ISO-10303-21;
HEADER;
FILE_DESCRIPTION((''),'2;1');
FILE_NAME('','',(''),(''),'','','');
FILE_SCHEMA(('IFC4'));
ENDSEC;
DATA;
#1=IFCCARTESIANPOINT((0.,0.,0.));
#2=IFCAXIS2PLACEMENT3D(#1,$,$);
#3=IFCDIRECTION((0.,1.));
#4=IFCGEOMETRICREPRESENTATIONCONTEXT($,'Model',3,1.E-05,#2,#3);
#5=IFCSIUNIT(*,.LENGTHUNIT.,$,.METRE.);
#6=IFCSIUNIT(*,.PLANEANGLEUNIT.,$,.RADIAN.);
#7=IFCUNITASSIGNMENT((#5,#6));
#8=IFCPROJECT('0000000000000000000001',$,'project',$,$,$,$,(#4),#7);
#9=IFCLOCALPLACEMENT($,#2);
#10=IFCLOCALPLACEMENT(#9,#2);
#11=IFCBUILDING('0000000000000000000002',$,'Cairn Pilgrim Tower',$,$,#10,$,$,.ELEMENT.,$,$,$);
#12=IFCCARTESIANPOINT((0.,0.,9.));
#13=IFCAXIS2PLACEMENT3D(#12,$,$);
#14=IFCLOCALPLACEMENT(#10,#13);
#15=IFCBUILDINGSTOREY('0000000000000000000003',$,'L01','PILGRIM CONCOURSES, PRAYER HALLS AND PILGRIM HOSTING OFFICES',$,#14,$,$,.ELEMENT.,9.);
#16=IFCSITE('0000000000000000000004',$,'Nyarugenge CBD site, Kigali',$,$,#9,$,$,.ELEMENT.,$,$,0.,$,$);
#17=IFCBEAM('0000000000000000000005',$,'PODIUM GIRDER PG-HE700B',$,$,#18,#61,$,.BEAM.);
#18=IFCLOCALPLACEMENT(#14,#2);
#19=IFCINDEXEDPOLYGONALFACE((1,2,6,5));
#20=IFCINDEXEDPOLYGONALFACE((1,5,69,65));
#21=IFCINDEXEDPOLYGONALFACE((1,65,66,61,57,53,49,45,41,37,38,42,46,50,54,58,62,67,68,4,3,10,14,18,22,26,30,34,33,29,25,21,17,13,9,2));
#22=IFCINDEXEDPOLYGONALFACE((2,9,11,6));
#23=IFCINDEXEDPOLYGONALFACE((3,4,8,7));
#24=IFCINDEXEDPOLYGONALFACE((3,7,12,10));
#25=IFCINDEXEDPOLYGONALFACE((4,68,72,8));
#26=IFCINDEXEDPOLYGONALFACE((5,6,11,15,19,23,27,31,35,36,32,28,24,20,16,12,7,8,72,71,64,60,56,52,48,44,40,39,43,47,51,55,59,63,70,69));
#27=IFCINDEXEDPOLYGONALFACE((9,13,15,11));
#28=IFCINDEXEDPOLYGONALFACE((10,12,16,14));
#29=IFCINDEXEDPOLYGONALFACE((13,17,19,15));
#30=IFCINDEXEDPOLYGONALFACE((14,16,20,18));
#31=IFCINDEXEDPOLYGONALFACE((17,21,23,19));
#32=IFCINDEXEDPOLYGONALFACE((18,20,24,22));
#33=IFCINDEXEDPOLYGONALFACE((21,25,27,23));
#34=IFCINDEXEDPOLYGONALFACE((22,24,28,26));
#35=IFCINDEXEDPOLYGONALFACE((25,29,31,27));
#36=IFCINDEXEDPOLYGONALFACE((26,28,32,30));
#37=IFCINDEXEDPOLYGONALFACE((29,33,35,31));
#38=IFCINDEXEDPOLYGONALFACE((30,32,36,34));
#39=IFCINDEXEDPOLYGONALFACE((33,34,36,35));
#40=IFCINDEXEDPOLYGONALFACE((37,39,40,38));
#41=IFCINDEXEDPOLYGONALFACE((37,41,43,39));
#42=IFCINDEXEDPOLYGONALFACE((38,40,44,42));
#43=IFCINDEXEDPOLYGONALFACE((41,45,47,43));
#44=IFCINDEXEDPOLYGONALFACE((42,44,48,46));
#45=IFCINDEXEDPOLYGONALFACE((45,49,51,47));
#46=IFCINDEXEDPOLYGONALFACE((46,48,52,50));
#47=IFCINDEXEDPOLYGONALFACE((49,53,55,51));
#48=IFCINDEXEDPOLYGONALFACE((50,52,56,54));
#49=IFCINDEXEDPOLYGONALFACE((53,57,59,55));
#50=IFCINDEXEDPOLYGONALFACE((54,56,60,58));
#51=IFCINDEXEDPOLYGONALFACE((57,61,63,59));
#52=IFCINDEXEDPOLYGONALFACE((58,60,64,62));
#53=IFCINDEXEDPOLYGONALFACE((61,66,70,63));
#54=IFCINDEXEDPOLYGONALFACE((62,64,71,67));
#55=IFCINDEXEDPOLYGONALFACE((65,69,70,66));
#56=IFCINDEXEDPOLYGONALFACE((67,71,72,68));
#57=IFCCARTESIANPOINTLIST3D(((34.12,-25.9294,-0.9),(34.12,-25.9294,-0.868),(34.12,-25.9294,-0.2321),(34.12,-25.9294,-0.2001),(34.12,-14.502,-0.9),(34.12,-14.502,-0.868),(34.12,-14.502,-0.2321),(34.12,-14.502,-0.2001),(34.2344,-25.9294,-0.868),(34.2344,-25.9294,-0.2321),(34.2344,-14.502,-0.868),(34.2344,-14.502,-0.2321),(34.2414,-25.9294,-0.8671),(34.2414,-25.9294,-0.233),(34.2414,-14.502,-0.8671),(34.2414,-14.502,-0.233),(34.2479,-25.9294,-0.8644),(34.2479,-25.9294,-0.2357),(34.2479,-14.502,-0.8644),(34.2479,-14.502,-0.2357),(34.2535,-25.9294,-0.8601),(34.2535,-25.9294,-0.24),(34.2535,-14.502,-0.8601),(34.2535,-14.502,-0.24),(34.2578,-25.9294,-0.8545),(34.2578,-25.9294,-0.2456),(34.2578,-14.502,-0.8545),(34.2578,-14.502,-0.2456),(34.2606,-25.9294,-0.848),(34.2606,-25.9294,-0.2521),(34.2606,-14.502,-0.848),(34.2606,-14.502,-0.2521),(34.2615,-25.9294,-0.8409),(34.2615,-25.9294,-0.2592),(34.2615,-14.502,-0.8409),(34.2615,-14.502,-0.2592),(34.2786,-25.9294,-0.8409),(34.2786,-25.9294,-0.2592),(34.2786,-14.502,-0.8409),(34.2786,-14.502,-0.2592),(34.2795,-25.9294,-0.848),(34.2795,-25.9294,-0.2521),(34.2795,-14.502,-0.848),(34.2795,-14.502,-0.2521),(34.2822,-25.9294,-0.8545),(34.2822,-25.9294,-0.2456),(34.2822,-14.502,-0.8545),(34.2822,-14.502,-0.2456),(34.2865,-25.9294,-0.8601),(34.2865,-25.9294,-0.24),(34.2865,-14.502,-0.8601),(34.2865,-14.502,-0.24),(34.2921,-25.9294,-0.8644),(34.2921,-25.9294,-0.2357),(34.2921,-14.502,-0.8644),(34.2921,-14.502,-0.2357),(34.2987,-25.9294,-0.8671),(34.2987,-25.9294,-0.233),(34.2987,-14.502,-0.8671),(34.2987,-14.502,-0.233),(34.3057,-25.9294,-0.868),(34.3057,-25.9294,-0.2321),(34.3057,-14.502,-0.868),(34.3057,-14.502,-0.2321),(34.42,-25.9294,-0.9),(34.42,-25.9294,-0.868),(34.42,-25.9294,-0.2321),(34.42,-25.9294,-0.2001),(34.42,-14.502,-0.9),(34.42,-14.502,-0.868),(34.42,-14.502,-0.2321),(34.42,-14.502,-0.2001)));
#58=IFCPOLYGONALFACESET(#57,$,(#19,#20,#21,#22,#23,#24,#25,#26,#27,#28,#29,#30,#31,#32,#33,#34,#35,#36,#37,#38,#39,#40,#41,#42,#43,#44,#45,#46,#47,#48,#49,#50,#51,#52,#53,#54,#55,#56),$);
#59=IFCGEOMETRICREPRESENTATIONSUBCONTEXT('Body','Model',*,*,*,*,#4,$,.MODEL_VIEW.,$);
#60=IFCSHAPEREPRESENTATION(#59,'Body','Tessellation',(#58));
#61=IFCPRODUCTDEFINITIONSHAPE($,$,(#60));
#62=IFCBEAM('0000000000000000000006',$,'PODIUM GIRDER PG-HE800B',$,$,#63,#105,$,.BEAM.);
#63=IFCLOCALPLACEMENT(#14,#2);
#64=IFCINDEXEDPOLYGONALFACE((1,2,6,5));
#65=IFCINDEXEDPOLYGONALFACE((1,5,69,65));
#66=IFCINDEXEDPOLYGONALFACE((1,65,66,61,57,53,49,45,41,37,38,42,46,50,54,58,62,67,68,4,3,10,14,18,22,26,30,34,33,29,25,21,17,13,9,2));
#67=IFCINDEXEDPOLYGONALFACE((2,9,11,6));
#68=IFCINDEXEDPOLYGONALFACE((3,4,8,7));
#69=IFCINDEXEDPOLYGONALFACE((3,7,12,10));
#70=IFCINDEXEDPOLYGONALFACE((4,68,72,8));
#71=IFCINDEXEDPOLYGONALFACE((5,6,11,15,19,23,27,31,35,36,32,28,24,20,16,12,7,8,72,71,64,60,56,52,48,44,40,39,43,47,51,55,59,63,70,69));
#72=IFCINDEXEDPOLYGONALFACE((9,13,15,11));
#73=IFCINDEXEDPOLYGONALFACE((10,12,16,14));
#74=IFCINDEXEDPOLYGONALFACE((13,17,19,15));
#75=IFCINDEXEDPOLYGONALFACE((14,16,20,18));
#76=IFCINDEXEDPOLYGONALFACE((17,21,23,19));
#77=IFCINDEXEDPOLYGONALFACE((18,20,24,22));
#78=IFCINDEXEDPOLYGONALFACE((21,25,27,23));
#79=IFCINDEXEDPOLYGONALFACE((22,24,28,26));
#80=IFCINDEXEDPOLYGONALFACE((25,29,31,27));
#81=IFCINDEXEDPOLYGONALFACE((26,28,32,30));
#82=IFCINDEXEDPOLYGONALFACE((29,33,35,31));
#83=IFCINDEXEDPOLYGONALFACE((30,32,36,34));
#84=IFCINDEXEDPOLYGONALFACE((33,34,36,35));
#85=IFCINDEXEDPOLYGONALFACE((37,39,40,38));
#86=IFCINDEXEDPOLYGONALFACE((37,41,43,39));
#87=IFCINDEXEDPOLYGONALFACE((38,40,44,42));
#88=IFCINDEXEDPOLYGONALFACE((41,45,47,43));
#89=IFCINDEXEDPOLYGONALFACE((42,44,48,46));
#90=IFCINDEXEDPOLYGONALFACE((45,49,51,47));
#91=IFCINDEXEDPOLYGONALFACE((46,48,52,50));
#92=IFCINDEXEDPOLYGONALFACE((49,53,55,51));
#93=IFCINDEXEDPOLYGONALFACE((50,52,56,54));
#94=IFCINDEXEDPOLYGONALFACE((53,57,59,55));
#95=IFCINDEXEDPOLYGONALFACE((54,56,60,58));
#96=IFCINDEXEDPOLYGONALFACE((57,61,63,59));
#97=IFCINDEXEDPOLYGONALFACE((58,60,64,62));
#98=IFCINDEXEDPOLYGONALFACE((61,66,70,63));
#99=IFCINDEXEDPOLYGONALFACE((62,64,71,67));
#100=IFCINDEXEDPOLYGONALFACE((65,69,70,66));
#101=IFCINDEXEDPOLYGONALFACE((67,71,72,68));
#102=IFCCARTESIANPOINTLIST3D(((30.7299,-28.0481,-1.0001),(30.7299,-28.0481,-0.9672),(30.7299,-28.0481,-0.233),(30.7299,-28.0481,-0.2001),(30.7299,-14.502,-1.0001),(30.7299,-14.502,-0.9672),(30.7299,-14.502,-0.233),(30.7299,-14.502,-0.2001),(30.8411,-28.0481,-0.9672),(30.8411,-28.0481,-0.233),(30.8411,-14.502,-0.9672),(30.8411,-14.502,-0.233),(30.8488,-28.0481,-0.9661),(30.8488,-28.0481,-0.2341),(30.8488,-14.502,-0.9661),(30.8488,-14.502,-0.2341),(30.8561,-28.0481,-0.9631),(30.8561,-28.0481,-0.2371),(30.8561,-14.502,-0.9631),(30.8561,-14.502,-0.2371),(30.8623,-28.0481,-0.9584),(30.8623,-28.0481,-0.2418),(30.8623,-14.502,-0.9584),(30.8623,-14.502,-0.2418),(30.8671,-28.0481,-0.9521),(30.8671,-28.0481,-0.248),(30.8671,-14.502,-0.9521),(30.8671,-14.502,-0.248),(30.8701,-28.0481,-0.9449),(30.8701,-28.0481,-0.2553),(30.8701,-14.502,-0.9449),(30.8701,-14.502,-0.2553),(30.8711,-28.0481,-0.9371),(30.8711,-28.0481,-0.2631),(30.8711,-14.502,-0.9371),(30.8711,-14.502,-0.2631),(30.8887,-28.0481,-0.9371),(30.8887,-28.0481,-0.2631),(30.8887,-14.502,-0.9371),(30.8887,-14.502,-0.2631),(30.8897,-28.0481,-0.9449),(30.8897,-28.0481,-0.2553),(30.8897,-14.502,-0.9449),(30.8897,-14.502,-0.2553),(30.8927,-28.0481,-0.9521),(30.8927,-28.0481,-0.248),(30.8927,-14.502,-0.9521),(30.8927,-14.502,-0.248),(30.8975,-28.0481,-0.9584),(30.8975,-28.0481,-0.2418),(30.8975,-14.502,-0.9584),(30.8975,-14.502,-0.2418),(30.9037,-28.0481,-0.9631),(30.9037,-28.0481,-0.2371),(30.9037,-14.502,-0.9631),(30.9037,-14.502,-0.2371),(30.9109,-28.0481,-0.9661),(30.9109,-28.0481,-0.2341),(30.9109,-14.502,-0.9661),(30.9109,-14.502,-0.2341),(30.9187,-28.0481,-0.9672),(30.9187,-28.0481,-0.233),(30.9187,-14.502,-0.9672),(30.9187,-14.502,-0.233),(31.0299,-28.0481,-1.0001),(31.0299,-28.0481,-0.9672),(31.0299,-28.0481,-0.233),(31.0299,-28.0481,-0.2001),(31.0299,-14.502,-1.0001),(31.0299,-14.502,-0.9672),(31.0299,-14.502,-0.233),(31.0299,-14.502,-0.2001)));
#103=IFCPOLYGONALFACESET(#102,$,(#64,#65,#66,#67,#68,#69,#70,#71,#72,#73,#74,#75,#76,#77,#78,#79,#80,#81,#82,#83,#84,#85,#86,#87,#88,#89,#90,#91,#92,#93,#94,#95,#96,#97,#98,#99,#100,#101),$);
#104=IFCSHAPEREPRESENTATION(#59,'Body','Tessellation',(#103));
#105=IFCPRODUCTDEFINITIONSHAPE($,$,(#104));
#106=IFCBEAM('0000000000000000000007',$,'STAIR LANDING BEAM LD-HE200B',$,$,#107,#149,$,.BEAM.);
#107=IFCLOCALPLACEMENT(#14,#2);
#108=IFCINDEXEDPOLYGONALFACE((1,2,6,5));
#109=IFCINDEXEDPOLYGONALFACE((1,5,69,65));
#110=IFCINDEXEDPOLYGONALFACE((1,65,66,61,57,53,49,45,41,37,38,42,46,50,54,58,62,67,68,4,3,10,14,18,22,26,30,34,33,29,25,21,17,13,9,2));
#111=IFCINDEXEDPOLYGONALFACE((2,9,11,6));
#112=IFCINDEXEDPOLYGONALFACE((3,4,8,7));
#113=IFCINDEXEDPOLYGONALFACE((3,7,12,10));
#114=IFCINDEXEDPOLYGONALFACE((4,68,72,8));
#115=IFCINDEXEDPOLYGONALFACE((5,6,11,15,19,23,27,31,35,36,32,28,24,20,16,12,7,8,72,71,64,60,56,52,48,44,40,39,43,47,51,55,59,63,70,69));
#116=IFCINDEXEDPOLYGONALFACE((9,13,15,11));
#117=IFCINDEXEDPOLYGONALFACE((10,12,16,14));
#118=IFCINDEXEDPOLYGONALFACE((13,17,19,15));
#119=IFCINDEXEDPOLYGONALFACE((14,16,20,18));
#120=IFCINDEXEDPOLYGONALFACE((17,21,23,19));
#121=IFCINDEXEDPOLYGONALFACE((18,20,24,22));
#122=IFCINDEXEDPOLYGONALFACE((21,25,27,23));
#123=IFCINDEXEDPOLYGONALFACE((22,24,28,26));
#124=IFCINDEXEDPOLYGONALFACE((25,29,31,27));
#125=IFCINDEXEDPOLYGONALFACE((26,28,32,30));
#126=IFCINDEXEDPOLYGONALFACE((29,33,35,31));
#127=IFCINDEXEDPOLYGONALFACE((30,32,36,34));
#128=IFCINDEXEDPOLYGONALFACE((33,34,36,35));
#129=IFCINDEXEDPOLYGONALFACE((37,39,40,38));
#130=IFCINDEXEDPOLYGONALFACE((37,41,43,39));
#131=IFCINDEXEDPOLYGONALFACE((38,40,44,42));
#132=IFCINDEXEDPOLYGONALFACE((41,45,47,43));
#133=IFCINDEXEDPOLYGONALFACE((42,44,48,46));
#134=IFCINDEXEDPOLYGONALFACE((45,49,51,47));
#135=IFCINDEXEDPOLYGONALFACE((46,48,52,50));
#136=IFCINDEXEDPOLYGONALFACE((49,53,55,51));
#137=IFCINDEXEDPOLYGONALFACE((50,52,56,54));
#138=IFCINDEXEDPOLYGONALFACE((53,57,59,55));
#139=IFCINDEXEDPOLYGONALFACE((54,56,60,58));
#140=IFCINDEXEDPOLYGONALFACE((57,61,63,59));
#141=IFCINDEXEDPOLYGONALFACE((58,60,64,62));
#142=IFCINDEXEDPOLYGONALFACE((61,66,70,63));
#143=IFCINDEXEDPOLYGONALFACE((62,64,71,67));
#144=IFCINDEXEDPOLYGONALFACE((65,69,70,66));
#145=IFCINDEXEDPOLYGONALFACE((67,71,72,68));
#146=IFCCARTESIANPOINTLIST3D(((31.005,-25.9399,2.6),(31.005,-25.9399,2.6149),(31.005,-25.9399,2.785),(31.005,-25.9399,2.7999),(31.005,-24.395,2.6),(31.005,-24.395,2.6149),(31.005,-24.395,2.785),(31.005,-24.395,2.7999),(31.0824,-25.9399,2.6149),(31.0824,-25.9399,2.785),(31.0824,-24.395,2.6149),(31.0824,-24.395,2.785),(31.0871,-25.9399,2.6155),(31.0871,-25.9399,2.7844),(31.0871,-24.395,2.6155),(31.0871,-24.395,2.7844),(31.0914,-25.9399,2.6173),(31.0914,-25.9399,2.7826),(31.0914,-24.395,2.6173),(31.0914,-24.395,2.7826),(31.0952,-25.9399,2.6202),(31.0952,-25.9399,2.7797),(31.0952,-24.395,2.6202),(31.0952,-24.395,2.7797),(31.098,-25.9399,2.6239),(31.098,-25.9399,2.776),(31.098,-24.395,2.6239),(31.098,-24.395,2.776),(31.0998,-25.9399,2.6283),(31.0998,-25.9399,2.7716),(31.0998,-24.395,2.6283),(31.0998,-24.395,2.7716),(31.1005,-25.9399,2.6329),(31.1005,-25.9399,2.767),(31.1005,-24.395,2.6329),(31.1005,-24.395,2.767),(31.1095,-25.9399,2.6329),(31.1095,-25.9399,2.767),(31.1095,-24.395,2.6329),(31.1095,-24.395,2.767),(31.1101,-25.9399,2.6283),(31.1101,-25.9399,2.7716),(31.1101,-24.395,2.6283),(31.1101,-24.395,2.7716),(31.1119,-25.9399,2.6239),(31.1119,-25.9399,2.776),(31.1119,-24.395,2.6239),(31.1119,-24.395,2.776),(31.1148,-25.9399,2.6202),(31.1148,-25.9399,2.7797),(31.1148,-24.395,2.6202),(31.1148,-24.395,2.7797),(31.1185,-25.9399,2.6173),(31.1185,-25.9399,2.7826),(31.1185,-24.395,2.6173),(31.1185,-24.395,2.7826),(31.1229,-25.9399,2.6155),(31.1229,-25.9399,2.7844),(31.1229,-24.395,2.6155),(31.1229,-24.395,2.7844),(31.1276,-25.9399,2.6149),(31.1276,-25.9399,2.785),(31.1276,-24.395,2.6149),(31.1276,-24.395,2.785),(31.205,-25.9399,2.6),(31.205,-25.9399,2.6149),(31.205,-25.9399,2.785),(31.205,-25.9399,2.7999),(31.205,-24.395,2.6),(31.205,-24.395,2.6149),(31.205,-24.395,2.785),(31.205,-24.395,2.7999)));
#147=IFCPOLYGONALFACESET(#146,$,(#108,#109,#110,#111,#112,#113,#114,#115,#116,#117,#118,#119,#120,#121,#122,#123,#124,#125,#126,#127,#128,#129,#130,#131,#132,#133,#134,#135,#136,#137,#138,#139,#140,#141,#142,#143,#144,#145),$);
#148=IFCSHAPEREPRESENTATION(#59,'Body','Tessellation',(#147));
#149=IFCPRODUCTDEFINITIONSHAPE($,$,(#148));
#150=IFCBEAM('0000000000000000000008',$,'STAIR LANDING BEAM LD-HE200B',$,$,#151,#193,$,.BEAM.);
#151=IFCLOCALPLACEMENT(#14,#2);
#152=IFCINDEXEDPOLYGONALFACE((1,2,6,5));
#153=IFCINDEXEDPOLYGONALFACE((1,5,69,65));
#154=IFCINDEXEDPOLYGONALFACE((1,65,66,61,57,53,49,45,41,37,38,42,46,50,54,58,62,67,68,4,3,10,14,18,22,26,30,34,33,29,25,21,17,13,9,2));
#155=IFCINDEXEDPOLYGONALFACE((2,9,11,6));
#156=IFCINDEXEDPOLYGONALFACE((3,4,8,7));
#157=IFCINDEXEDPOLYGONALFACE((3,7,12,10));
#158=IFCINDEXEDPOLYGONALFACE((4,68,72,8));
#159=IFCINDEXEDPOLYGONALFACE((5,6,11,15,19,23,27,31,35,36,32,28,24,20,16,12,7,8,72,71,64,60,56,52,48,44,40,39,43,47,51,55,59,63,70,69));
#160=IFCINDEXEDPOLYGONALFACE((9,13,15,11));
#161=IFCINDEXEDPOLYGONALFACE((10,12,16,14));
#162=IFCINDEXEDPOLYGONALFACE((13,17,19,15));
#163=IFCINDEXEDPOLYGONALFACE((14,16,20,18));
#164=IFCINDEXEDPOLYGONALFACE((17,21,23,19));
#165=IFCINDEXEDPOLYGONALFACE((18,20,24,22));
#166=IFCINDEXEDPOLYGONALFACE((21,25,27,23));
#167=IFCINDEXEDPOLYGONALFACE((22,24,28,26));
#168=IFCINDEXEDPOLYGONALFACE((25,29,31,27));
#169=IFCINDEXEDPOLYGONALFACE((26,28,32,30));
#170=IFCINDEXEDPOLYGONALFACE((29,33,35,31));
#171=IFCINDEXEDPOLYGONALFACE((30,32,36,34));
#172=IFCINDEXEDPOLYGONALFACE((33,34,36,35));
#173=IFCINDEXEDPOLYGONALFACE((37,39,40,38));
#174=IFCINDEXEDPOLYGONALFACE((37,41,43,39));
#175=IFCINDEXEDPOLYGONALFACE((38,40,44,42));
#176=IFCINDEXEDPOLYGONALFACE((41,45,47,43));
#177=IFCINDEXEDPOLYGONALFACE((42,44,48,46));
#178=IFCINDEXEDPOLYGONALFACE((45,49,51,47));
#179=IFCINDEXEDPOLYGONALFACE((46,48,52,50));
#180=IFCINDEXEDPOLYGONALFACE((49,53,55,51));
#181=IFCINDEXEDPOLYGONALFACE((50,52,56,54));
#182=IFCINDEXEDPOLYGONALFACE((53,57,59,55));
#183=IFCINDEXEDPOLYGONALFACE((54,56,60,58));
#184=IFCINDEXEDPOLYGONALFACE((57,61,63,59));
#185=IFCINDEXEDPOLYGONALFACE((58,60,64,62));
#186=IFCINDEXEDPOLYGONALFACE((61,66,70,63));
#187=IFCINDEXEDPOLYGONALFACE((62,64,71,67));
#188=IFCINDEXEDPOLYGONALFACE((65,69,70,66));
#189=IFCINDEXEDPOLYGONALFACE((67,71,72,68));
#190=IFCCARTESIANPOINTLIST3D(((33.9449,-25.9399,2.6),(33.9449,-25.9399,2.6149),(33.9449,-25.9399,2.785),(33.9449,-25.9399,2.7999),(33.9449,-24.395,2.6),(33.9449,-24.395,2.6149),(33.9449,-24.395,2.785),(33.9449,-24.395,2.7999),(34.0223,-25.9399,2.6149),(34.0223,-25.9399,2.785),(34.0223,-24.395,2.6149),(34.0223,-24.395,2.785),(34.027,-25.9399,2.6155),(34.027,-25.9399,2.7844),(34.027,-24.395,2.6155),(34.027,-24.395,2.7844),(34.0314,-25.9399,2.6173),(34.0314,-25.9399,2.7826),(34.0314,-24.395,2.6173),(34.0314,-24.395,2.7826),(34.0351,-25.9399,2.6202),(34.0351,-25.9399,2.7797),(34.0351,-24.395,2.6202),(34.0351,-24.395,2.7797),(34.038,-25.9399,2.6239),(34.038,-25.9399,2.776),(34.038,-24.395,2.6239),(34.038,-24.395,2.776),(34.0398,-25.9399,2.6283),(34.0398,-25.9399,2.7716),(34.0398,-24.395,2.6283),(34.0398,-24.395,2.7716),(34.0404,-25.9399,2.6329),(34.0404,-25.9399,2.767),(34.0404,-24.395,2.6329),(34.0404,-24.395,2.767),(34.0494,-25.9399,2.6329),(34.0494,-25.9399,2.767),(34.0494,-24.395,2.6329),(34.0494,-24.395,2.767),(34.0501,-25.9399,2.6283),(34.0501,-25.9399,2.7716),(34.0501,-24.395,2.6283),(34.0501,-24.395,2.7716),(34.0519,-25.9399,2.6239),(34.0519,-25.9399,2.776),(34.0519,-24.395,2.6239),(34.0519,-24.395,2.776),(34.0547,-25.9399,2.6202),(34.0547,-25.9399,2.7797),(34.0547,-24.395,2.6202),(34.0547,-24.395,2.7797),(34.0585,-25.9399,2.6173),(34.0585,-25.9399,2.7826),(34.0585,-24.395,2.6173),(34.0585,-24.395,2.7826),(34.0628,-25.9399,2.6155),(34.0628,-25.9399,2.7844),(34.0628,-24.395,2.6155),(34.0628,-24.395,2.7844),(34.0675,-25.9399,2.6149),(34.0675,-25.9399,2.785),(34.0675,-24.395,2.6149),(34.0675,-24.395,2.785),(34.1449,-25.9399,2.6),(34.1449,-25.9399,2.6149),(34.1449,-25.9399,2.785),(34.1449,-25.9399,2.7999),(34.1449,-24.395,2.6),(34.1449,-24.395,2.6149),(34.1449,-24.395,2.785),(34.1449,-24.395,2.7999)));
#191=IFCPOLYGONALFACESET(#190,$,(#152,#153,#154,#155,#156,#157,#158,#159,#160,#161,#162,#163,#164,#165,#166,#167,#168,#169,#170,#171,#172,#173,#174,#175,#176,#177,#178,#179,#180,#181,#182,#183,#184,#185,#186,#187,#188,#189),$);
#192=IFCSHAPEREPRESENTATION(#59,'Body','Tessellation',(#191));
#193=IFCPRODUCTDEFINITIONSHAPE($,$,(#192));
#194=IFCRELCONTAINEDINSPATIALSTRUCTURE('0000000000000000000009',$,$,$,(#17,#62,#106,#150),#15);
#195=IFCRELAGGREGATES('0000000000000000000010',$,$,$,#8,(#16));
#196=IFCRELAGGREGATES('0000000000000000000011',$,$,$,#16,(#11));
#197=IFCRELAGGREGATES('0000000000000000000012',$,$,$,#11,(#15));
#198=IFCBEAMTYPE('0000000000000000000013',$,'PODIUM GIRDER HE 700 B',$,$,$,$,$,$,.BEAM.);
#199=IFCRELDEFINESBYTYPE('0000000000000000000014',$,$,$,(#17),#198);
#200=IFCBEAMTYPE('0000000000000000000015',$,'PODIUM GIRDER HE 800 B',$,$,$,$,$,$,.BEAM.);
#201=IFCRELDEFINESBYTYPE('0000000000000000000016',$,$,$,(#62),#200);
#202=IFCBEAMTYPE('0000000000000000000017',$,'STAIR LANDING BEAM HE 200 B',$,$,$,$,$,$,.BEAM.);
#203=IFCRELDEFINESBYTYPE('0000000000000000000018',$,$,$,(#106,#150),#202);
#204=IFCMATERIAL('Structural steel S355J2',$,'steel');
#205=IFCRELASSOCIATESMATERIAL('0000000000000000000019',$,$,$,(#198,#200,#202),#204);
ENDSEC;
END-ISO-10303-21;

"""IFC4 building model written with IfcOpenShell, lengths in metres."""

from ifc_helpers import new_model, si_unit, direction, frame, origin, origin_2d, place, context, subcontext, project, spatial, i_section, extrude, material, material_profile, profile_set, type_object, element, save


model = new_model("IFC4")

# Units and contexts
model_context = context("Model", 3, precision=1e-05, world=origin(), true_north=direction((0.0, 1.0)))
body_context = subcontext(model_context, "Body", "Model", "MODEL_VIEW")
ifc_project = project(units=[si_unit("LENGTHUNIT", "METRE"), si_unit("PLANEANGLEUNIT", "RADIAN")], contexts=[model_context])

# Site, building, storey
site_placement = place(None, origin())
site = spatial("IfcSite", under=ifc_project, at=site_placement, Name="Nyarugenge CBD site, Kigali", CompositionType="ELEMENT", RefElevation=0.0)
building_placement = place(site_placement, origin())
building = spatial("IfcBuilding", under=site, at=building_placement, Name="Cairn Pilgrim Tower", CompositionType="ELEMENT")
storey_placement = place(building_placement, frame((0.0, 0.0, 9.0)))
storey = spatial("IfcBuildingStorey", under=building, at=storey_placement, Name="L01", Description="PILGRIM CONCOURSES, PRAYER HALLS AND PILGRIM HOSTING OFFICES", CompositionType="ELEMENT", Elevation=9.0)

# Shared definitions
ifc_material_1 = material(Name="Structural steel S355J2", Category="steel")

# Beams
ifc_material_profile_1 = material_profile(ifc_material_1, i_section(OverallWidth=0.3, OverallDepth=0.7, WebThickness=0.0171, FlangeThickness=0.032, FilletRadius=0.0271, at=origin_2d()), Name="HEB 700")
ifc_profile_set_1 = profile_set([ifc_material_profile_1], Name="Structural steel S355J2")
beam_type_1 = type_object("IfcBeamType", Name="PODIUM GIRDER HE 700 B", PredefinedType="BEAM", material=ifc_profile_set_1)
beam_1_placement = place(storey_placement, frame((34.27, -25.9294, -0.55), z_axis=(0.0, 1.0, 0.0), x_axis=(-1.0, 0.0, 0.0)))
element("IfcBeam", 1, at=beam_1_placement, inside=storey, type_object=beam_type_1, Name="PODIUM GIRDER PG-HE700B", PredefinedType="BEAM", context=body_context, shape_type="SweptSolid", body=[
    extrude(i_section(OverallWidth=0.3, OverallDepth=0.7, WebThickness=0.0171, FlangeThickness=0.032, FilletRadius=0.0271, at=origin_2d()), origin(), (0.0, 0.0, 1.0), 11.4275),
])
ifc_material_profile_2 = material_profile(ifc_material_1, i_section(OverallWidth=0.3, OverallDepth=0.8, WebThickness=0.0176, FlangeThickness=0.033, FilletRadius=0.03, at=origin_2d()), Name="HEB 800")
ifc_profile_set_2 = profile_set([ifc_material_profile_2], Name="Structural steel S355J2")
beam_type_2 = type_object("IfcBeamType", Name="PODIUM GIRDER HE 800 B", PredefinedType="BEAM", material=ifc_profile_set_2)
beam_2_placement = place(storey_placement, frame((30.8799, -28.0481, -0.6001), z_axis=(0.0, 1.0, 0.0), x_axis=(-1.0, 0.0, 0.0)))
element("IfcBeam", 2, at=beam_2_placement, inside=storey, type_object=beam_type_2, Name="PODIUM GIRDER PG-HE800B", PredefinedType="BEAM", context=body_context, shape_type="SweptSolid", body=[
    extrude(i_section(OverallWidth=0.3, OverallDepth=0.8, WebThickness=0.0176, FlangeThickness=0.033, FilletRadius=0.03, at=origin_2d()), origin(), (0.0, 0.0, 1.0), 13.5461),
])
ifc_material_profile_3 = material_profile(ifc_material_1, i_section(OverallWidth=0.2, OverallDepth=0.2, WebThickness=0.009, FlangeThickness=0.0149, FilletRadius=0.0181, at=origin_2d()), Name="HE 200 B")
ifc_profile_set_3 = profile_set([ifc_material_profile_3], Name="Structural steel S355J2")
beam_type_3 = type_object("IfcBeamType", Name="STAIR LANDING BEAM HE 200 B", PredefinedType="BEAM", material=ifc_profile_set_3)
for number, where, z_axis, x_axis, name in (
    (3, (31.105, -25.9399, 2.7), (0.0, 1.0, 0.0), (-1.0, 0.0, 0.0), "STAIR LANDING BEAM LD-HE200B"),
    (4, (34.0449, -25.9399, 2.7), (0.0, 1.0, 0.0), (-1.0, 0.0, 0.0), "STAIR LANDING BEAM LD-HE200B"),
):
    element("IfcBeam", number, at=place(storey_placement, frame(where, z_axis=z_axis, x_axis=x_axis)), inside=storey, type_object=beam_type_3, Name=name, PredefinedType="BEAM", context=body_context, shape_type="SweptSolid", body=[
        extrude(i_section(OverallWidth=0.2, OverallDepth=0.2, WebThickness=0.009, FlangeThickness=0.0149, FilletRadius=0.0181, at=origin_2d()), origin(), (0.0, 0.0, 1.0), 1.5449),
    ])

save(model, "model.ifc")
